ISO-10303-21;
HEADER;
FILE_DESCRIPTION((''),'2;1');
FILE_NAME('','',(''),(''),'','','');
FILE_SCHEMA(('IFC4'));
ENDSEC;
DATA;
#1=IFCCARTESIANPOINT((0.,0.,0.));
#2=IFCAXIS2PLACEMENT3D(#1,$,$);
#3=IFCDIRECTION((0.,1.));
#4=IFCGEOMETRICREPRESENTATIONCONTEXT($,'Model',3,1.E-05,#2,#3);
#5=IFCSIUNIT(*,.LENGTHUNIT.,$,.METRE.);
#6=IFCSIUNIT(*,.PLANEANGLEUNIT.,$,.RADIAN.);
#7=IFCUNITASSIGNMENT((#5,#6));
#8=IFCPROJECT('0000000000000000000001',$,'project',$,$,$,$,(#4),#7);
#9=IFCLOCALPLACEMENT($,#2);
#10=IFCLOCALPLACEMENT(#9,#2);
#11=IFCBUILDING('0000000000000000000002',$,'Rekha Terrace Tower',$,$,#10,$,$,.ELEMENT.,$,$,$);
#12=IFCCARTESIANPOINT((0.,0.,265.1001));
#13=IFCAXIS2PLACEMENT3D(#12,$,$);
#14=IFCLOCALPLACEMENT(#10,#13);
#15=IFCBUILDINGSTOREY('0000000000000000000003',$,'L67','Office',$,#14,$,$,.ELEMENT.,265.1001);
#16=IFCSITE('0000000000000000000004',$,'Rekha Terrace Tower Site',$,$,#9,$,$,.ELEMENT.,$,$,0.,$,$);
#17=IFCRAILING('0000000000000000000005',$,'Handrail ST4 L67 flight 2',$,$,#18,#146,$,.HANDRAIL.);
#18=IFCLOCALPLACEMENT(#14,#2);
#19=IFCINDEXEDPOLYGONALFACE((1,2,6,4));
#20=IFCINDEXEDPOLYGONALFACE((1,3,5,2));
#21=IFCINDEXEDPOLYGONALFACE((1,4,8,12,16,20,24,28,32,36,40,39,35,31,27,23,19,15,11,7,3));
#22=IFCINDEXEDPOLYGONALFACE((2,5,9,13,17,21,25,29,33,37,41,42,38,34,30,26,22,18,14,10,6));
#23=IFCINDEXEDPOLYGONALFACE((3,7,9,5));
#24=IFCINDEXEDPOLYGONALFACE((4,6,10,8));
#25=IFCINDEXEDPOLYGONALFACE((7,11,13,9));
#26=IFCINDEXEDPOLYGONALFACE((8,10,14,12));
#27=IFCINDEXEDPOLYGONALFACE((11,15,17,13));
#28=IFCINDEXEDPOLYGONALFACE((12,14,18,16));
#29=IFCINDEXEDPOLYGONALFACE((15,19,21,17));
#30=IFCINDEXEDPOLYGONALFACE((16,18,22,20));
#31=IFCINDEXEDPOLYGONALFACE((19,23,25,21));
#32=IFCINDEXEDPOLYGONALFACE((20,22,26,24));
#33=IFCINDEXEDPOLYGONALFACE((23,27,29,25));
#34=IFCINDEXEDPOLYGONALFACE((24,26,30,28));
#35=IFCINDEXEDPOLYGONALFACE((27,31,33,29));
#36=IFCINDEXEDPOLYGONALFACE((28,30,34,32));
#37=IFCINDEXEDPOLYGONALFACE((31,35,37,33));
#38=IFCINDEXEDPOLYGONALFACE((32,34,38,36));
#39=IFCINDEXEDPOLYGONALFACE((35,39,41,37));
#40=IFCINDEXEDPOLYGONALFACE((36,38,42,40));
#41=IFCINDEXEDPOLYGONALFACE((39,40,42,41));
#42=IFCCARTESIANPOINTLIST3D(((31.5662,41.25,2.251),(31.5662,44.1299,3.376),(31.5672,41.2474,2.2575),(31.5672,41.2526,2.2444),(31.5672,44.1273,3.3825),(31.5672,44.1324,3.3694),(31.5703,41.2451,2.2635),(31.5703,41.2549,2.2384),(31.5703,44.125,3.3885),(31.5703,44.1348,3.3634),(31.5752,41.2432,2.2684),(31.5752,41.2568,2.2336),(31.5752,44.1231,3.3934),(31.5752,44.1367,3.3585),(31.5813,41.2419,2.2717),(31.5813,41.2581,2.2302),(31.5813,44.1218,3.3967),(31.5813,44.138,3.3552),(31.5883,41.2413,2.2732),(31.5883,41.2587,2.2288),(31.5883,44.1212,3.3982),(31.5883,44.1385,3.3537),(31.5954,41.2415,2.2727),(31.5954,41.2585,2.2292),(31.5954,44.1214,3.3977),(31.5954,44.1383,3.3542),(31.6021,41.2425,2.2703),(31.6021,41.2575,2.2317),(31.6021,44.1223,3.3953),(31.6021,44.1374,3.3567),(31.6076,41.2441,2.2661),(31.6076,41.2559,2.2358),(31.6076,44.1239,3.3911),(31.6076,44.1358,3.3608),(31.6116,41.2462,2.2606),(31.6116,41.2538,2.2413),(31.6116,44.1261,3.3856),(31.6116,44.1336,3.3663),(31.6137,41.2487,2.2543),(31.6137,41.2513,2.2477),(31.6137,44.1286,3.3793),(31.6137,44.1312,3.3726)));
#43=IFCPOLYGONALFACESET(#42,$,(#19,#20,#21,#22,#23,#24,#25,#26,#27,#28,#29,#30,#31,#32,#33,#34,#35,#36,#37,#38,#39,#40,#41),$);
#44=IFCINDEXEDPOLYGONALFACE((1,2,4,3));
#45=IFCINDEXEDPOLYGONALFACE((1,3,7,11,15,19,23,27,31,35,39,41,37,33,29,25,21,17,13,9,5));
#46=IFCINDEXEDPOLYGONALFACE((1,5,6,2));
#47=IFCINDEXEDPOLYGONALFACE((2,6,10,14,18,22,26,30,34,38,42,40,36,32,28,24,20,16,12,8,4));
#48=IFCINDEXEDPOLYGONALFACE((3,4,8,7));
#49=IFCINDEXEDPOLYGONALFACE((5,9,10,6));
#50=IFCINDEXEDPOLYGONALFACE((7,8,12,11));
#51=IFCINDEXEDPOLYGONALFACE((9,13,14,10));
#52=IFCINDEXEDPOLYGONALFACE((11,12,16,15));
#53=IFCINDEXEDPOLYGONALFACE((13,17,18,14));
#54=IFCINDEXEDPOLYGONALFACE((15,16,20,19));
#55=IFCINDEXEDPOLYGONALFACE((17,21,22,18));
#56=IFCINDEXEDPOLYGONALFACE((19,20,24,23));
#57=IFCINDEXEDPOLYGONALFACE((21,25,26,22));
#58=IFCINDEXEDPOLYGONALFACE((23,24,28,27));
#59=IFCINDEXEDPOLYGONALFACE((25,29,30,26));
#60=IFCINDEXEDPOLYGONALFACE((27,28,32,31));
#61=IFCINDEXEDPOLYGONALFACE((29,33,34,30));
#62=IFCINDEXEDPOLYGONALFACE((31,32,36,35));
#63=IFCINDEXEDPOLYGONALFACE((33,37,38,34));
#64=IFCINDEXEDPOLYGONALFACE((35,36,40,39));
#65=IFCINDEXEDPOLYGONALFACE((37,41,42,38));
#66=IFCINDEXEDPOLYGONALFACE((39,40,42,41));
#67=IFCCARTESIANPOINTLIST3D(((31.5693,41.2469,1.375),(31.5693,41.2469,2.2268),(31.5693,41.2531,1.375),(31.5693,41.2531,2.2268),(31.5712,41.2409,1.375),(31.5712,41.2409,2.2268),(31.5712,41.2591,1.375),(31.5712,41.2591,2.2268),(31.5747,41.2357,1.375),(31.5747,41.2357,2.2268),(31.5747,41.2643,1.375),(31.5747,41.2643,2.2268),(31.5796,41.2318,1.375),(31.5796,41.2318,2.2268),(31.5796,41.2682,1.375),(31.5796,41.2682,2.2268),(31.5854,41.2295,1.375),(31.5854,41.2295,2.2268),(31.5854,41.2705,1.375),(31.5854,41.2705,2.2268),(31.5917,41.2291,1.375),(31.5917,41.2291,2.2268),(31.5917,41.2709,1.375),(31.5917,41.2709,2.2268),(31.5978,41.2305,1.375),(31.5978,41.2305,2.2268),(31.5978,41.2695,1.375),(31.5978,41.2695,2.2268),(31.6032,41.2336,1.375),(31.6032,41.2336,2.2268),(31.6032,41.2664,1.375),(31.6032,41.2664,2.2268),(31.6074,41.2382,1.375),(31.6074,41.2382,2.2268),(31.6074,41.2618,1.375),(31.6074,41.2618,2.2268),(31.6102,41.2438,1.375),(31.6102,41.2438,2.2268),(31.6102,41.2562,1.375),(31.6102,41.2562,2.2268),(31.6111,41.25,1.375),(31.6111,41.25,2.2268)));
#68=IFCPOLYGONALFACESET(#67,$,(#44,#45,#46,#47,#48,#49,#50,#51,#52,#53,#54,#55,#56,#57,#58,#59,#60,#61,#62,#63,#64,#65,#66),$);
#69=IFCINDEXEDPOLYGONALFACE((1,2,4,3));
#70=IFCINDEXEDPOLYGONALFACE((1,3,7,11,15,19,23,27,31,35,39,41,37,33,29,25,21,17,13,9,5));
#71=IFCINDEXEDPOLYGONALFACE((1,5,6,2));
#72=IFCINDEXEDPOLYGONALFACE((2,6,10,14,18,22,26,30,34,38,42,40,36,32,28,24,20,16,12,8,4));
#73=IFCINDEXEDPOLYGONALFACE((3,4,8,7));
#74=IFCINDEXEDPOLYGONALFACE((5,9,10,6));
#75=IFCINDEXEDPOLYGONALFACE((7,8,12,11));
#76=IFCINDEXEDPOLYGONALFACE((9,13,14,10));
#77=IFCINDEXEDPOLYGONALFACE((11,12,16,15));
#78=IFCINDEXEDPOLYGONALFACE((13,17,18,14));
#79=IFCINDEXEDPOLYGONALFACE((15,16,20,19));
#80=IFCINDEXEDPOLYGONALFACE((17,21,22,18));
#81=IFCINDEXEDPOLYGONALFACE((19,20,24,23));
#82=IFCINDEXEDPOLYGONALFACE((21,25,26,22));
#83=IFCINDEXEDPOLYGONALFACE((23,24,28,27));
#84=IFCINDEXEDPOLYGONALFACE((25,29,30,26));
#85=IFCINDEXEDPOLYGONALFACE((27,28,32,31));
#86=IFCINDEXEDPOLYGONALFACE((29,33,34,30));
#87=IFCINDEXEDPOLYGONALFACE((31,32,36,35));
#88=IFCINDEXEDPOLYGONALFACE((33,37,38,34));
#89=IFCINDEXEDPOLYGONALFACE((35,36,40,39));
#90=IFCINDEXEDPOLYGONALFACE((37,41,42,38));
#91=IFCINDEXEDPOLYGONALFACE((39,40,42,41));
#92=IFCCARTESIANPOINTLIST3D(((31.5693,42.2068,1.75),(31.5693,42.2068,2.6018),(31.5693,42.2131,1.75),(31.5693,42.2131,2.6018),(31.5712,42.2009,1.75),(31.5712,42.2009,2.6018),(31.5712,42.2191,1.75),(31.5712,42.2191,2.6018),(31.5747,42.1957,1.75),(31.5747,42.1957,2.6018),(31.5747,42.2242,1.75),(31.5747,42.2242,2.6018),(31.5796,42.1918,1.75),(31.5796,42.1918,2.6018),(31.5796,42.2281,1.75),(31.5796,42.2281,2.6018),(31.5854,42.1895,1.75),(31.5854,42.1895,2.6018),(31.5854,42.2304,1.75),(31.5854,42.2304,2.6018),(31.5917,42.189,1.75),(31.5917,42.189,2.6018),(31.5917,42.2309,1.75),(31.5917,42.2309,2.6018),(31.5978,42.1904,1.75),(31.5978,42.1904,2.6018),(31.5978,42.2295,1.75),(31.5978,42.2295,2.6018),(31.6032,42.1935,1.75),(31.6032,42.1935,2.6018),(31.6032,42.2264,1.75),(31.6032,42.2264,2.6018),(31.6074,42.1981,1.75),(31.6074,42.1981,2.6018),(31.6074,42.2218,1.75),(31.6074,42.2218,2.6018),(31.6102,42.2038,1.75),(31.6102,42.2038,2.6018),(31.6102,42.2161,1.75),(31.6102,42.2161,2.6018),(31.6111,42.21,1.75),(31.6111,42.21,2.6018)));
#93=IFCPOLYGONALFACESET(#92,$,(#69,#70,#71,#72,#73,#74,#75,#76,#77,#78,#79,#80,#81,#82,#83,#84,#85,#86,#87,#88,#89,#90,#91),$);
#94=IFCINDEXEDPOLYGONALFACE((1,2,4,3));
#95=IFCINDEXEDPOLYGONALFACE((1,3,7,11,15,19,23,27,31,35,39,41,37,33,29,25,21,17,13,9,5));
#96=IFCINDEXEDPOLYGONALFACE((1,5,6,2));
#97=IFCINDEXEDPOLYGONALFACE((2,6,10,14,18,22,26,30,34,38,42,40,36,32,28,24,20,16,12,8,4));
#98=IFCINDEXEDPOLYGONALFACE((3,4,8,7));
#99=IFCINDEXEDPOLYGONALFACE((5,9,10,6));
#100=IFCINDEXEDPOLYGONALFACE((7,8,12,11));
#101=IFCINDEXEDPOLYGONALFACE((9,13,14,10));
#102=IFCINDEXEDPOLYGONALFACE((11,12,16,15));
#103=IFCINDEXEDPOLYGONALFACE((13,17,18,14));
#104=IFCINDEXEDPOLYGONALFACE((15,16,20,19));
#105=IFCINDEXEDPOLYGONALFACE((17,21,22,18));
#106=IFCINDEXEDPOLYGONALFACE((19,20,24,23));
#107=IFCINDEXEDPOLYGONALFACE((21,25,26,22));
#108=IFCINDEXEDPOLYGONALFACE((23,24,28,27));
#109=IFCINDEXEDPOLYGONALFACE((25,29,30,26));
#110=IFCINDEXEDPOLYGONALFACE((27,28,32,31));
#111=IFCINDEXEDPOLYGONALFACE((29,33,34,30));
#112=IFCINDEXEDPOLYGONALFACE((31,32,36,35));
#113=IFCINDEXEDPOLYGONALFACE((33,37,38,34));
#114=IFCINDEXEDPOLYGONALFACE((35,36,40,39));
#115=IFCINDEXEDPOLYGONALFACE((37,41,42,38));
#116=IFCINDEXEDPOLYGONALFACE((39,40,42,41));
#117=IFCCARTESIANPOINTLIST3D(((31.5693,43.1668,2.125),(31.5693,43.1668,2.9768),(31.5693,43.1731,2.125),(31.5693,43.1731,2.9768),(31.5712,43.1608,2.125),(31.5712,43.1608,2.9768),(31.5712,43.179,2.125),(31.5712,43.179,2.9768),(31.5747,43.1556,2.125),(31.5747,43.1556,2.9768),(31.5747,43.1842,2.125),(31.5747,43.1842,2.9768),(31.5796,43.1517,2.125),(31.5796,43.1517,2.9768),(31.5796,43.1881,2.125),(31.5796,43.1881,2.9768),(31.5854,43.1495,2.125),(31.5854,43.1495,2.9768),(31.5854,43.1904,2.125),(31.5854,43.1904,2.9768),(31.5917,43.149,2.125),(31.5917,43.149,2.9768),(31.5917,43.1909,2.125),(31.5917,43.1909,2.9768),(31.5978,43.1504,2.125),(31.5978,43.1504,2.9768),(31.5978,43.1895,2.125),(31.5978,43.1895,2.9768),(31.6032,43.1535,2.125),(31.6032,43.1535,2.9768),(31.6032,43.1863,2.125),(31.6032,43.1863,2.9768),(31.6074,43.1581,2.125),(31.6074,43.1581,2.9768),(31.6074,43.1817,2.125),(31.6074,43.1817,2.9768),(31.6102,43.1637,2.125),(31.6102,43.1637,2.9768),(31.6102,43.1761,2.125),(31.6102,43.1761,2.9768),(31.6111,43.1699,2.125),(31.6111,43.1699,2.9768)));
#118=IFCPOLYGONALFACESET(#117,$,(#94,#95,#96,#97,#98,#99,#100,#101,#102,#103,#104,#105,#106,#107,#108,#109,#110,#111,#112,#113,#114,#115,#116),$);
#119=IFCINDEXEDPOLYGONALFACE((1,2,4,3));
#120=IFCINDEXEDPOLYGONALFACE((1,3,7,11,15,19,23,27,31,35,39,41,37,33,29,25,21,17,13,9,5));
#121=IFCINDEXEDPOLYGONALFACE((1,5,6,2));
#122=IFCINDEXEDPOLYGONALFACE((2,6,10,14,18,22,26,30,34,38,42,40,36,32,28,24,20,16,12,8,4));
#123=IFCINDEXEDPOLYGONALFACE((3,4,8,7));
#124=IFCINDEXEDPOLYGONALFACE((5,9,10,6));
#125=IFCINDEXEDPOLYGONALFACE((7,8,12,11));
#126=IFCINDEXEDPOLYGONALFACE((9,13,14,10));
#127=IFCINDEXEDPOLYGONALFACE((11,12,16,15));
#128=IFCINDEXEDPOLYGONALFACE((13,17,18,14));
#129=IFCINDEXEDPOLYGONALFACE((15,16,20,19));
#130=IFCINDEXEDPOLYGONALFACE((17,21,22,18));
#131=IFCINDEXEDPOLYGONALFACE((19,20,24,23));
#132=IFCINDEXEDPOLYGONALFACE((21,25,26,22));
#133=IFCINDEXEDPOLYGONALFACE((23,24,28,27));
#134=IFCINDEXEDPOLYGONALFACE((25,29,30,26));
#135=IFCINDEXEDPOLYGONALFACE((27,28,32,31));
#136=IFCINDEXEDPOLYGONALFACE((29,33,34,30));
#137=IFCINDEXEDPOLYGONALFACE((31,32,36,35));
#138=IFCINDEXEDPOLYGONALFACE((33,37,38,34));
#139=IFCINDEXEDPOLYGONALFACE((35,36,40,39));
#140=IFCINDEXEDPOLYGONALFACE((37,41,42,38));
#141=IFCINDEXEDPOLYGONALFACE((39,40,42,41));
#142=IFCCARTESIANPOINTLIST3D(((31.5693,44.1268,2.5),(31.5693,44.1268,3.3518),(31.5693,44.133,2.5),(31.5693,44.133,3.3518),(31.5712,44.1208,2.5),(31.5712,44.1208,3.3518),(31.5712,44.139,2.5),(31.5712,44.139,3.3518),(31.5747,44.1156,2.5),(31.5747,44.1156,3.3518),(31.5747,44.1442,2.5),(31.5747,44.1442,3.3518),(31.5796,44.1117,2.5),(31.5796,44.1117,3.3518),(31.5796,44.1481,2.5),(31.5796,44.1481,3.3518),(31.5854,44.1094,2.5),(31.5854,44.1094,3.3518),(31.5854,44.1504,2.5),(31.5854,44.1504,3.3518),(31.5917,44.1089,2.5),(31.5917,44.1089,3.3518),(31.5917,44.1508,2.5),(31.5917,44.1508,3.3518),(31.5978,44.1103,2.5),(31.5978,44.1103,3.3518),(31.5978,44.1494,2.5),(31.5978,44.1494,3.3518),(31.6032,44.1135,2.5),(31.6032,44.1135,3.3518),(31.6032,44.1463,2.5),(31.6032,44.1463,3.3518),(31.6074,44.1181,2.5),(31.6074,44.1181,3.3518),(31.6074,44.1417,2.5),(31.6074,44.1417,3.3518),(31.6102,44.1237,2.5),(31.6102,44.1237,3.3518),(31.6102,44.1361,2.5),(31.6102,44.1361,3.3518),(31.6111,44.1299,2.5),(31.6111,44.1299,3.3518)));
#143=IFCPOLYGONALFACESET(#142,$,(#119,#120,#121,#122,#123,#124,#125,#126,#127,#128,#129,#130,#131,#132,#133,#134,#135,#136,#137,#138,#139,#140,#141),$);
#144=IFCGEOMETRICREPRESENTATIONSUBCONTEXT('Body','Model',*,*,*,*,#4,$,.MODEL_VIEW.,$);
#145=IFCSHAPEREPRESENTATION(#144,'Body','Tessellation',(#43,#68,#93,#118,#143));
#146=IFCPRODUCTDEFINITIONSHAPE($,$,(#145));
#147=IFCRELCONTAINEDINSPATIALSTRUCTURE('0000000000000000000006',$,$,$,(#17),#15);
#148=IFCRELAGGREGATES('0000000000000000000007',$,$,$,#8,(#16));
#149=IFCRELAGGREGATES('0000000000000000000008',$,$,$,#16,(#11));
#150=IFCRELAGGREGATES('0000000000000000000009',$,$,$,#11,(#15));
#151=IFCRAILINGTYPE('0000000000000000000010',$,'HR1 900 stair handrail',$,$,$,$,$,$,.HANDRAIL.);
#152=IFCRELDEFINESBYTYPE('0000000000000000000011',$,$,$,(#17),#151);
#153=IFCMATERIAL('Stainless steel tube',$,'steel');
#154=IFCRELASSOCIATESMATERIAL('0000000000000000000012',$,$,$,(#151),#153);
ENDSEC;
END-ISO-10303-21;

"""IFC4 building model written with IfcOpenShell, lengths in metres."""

from ifc_helpers import new_model, si_unit, direction, frame, origin, origin_2d, place, context, subcontext, project, spatial, circle, extrude, material, type_object, element, save


model = new_model("IFC4")

# Units and contexts
model_context = context("Model", 3, precision=1e-05, world=origin(), true_north=direction((0.0, 1.0)))
body_context = subcontext(model_context, "Body", "Model", "MODEL_VIEW")
ifc_project = project(units=[si_unit("LENGTHUNIT", "METRE"), si_unit("PLANEANGLEUNIT", "RADIAN")], contexts=[model_context])

# Site, building, storey
site_placement = place(None, origin())
site = spatial("IfcSite", under=ifc_project, at=site_placement, Name="Rekha Terrace Tower Site", CompositionType="ELEMENT", RefElevation=0.0)
building_placement = place(site_placement, origin())
building = spatial("IfcBuilding", under=site, at=building_placement, Name="Rekha Terrace Tower", CompositionType="ELEMENT")
storey_placement = place(building_placement, frame((0.0, 0.0, 265.1001)))
storey = spatial("IfcBuildingStorey", under=building, at=storey_placement, Name="L67", Description="Office", CompositionType="ELEMENT", Elevation=265.1001)

# Railing
ifc_material_1 = material(Name="Stainless steel tube", Category="steel")
railing_type_1 = type_object("IfcRailingType", Name="HR1 900 stair handrail", PredefinedType="HANDRAIL", material=ifc_material_1)
for number, where, name in (
    (1, (31.5901, 41.25, 1.375), "Handrail ST4 L67 flight 2"),
):
    element("IfcRailing", number, at=place(storey_placement, frame(where)), inside=storey, type_object=railing_type_1, Name=name, PredefinedType="HANDRAIL", context=body_context, shape_type="SweptSolid", body=[
        extrude(circle(Radius=0.0239, at=origin_2d()), frame((0.0, 0.0, 0.876), z_axis=(0.0, 0.931452, 0.363863), x_axis=(-1.0, 0.0, 0.0)), (0.0, 0.0, 1.0), 3.0918),
        extrude(circle(Radius=0.021, at=origin_2d()), origin(), (0.0, 0.0, 1.0), 0.8518),
        extrude(circle(Radius=0.021, at=origin_2d()), frame((0.0, 0.96, 0.375)), (0.0, 0.0, 1.0), 0.8518),
        extrude(circle(Radius=0.021, at=origin_2d()), frame((0.0, 1.9199, 0.75)), (0.0, 0.0, 1.0), 0.8518),
        extrude(circle(Radius=0.021, at=origin_2d()), frame((0.0, 2.8799, 1.125)), (0.0, 0.0, 1.0), 0.8518),
    ])

save(model, "model.ifc")
